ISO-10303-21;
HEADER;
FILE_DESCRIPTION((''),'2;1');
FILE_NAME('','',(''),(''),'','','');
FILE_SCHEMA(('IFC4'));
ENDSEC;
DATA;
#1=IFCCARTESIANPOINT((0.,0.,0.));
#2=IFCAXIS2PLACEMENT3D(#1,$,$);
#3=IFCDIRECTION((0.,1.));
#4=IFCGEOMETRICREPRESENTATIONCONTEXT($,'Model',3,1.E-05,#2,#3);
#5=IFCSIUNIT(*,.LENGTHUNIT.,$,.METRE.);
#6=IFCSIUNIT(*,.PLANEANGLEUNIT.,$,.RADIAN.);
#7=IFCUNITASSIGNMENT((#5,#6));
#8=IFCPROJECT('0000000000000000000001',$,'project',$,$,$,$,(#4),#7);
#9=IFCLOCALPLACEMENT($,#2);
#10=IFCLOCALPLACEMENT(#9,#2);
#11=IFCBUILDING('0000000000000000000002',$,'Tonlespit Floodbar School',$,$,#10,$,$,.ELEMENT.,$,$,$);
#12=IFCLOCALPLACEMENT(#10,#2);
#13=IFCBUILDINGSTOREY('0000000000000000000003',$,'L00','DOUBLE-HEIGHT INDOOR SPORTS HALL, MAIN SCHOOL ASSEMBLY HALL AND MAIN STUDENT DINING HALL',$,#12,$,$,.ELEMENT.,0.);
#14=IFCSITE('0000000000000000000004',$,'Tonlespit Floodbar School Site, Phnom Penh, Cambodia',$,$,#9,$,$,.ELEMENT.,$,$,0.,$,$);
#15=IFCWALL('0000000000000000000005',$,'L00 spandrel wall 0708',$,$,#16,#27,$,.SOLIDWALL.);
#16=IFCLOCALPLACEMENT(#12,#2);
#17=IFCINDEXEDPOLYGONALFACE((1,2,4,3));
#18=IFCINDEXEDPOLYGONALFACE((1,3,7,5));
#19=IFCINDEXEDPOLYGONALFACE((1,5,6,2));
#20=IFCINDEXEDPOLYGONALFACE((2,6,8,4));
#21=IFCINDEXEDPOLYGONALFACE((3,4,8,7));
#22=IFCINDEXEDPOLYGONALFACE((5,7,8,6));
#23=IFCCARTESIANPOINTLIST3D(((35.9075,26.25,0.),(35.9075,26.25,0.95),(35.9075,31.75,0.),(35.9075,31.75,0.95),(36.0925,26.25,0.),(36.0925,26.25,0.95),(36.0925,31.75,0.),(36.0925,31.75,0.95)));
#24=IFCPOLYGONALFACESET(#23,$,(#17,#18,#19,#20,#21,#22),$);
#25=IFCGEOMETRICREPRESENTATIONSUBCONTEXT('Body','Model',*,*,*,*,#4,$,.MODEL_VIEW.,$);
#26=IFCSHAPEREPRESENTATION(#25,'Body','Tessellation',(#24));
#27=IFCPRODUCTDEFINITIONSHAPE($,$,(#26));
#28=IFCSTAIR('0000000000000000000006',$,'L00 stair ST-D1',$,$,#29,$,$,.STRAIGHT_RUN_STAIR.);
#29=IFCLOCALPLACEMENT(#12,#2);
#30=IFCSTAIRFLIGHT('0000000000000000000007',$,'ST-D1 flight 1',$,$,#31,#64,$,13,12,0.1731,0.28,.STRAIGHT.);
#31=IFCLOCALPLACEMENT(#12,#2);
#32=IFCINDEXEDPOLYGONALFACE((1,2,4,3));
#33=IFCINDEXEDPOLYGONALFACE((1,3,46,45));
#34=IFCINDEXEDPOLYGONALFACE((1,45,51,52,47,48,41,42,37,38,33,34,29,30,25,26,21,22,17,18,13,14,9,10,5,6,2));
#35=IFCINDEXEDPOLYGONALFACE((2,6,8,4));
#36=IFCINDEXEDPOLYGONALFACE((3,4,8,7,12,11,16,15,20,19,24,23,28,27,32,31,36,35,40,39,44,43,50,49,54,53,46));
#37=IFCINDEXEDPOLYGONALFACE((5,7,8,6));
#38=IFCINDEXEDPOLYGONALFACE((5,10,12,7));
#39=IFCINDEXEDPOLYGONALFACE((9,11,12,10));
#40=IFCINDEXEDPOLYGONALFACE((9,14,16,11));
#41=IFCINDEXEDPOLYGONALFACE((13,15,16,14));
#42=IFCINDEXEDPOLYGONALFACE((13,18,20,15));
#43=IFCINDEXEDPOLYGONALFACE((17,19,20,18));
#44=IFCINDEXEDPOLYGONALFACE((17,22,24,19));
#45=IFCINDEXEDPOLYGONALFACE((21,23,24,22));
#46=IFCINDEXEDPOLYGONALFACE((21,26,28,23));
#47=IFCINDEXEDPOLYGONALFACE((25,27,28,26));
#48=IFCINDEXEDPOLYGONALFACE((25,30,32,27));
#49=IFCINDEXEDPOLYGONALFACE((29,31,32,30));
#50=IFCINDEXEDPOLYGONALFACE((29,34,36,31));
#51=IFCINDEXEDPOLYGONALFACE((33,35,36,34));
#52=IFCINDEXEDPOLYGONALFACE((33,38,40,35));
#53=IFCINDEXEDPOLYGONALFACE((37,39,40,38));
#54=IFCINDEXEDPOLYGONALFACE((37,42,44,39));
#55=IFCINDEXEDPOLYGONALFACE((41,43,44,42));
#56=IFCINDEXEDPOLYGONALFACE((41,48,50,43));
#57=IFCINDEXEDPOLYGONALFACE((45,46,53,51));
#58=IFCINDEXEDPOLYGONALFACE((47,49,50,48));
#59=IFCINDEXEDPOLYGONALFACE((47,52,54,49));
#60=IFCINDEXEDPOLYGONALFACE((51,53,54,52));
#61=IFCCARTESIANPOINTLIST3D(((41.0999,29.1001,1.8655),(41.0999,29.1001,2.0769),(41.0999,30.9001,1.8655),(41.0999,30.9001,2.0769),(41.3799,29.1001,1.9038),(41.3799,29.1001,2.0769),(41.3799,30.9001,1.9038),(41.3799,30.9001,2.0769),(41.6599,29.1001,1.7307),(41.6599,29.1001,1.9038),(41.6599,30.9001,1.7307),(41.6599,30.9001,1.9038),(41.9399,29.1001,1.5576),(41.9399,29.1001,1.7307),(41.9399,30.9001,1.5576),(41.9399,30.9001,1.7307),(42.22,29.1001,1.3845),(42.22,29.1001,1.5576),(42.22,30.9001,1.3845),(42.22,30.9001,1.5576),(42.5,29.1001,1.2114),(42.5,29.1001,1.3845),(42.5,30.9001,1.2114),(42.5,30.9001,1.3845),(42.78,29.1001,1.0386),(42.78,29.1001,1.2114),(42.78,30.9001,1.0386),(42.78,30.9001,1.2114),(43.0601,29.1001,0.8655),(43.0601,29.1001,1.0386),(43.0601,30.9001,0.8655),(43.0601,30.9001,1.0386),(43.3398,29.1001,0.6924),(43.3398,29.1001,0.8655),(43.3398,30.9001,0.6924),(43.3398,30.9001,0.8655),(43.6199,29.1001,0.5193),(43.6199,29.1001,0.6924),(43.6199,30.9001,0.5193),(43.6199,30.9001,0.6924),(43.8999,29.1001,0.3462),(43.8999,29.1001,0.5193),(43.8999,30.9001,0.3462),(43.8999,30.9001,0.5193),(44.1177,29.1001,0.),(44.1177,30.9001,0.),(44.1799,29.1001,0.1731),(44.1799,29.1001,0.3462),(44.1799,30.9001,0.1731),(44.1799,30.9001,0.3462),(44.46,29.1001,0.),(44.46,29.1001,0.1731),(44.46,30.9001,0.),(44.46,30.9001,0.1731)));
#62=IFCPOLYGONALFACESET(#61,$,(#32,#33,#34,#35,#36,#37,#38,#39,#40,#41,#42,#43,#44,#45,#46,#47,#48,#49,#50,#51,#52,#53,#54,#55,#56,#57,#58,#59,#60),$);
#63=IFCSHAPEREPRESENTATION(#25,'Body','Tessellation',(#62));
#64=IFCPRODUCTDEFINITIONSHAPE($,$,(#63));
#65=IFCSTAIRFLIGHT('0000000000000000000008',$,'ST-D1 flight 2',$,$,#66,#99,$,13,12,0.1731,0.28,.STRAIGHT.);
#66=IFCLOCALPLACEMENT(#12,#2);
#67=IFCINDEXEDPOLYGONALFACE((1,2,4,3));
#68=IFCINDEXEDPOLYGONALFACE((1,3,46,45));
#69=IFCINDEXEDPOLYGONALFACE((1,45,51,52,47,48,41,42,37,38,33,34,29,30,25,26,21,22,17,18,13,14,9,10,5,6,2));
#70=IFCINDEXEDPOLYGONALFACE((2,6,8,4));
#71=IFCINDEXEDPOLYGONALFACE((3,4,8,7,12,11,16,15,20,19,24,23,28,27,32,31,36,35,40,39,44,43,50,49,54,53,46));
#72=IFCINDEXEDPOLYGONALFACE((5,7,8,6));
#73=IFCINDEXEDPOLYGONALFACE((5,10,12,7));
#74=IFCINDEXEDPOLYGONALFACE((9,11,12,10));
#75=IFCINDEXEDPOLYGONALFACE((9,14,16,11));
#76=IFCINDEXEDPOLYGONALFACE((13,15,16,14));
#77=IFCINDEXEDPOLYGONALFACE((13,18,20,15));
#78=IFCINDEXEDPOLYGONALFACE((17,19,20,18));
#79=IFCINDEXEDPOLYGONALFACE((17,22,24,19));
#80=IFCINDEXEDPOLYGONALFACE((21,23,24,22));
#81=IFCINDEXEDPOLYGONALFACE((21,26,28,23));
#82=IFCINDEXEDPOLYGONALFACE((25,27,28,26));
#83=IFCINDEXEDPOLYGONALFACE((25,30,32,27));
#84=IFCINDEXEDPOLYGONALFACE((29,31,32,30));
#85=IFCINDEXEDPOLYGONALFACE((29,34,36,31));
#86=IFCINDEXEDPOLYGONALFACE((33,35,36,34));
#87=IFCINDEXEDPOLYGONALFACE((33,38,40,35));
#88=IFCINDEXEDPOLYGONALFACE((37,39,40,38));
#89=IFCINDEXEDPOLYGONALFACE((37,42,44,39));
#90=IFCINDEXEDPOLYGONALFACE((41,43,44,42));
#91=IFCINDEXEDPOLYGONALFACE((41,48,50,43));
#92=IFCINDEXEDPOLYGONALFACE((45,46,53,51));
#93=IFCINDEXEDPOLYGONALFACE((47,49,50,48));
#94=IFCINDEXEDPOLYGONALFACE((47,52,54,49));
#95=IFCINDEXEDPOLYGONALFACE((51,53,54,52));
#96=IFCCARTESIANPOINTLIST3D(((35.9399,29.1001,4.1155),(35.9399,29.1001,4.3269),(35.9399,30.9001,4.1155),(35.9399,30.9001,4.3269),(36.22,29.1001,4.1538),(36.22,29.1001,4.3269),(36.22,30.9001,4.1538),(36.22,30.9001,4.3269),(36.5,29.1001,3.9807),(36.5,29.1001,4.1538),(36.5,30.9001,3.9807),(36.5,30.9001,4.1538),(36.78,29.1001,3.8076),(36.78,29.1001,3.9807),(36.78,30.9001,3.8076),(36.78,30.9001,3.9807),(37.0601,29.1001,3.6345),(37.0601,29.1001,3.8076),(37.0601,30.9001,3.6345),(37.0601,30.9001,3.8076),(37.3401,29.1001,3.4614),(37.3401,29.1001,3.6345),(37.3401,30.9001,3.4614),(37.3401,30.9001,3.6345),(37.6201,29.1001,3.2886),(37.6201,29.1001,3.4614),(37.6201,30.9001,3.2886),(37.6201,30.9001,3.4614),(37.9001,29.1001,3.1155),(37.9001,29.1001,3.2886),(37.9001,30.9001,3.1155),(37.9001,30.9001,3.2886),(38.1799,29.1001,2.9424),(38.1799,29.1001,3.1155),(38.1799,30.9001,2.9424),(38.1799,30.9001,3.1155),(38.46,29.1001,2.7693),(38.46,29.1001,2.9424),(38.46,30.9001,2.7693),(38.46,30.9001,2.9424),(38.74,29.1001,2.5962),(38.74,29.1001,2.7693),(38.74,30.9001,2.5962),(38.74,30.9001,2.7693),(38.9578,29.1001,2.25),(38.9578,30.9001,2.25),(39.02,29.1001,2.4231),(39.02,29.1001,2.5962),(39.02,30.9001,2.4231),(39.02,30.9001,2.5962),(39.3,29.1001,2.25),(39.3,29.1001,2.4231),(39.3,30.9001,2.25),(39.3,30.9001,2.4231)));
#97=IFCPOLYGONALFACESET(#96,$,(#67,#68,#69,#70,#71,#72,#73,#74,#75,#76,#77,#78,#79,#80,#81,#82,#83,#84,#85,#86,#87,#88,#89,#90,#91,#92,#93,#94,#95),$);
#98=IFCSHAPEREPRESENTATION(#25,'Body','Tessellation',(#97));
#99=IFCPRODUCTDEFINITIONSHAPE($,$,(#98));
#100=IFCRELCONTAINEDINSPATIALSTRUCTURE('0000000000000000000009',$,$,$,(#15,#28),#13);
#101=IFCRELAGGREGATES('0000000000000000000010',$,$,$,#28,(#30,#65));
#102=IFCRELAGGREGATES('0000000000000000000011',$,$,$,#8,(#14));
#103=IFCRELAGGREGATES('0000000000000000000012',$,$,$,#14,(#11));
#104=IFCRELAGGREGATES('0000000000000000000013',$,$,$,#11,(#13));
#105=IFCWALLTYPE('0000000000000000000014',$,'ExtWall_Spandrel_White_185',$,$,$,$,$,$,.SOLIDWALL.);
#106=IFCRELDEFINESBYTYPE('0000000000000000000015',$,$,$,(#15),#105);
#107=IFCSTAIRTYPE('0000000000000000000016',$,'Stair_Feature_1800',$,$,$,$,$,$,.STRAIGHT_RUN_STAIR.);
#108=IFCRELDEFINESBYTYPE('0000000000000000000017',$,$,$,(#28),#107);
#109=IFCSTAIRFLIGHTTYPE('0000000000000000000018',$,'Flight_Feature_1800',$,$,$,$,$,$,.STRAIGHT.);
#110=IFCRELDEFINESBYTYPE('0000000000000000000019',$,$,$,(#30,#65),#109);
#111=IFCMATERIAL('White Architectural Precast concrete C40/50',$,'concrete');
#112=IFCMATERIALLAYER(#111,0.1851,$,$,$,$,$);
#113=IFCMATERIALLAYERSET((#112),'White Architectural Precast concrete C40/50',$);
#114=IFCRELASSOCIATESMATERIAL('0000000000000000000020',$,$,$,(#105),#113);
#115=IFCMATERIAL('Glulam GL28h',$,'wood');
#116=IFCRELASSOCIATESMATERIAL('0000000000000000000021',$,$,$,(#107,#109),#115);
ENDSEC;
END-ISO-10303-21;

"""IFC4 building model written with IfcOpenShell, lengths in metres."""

from ifc_helpers import new_model, si_unit, direction, frame, frame_2d, origin, place, context, subcontext, project, spatial, polyline, rectangle, outline, extrude, material, layer, layer_set, type_object, element, aggregate, save


model = new_model("IFC4")

# Units and contexts
model_context = context("Model", 3, precision=1e-05, world=origin(), true_north=direction((0.0, 1.0)))
body_context = subcontext(model_context, "Body", "Model", "MODEL_VIEW")
ifc_project = project(units=[si_unit("LENGTHUNIT", "METRE"), si_unit("PLANEANGLEUNIT", "RADIAN")], contexts=[model_context])

# Site, building, storey
site_placement = place(None, origin())
site = spatial("IfcSite", under=ifc_project, at=site_placement, Name="Tonlespit Floodbar School Site, Phnom Penh, Cambodia", CompositionType="ELEMENT", RefElevation=0.0)
building_placement = place(site_placement, origin())
building = spatial("IfcBuilding", under=site, at=building_placement, Name="Tonlespit Floodbar School", CompositionType="ELEMENT")
storey_placement = place(building_placement, origin())
storey = spatial("IfcBuildingStorey", under=building, at=storey_placement, Name="L00", Description="DOUBLE-HEIGHT INDOOR SPORTS HALL, MAIN SCHOOL ASSEMBLY HALL AND MAIN STUDENT DINING HALL", CompositionType="ELEMENT", Elevation=0.0)

# Wall
ifc_material_1 = material(Name="White Architectural Precast concrete C40/50", Category="concrete")
ifc_layer_1 = layer(ifc_material_1, 0.1851)
ifc_layer_set_1 = layer_set([ifc_layer_1], Name="White Architectural Precast concrete C40/50")
wall_type = type_object("IfcWallType", Name="ExtWall_Spandrel_White_185", PredefinedType="SOLIDWALL", material=ifc_layer_set_1)
wall_placement = place(storey_placement, frame((36.0, 31.75, 0.0), z_axis=(0.0, 0.0, 1.0), x_axis=(0.0, -1.0, 0.0)))
element("IfcWall", 1, at=wall_placement, inside=storey, type_object=wall_type, Name="L00 spandrel wall 0708", PredefinedType="SOLIDWALL", context=body_context, shape_type="SweptSolid", body=[
    extrude(rectangle(XDim=5.5, YDim=0.1851, at=frame_2d((2.75, 0.0))), origin(), (0.0, 0.0, 1.0), 0.95),
])

# Stair, stair flights
ifc_material_2 = material(Name="Glulam GL28h", Category="wood")
stair_type = type_object("IfcStairType", Name="Stair_Feature_1800", PredefinedType="STRAIGHT_RUN_STAIR", material=ifc_material_2)
stair_placement = place(storey_placement, origin())
stair = element("IfcStair", 2, at=stair_placement, inside=storey, type_object=stair_type, Name="L00 stair ST-D1", PredefinedType="STRAIGHT_RUN_STAIR")
stair_flight_type = type_object("IfcStairFlightType", Name="Flight_Feature_1800", PredefinedType="STRAIGHT", material=ifc_material_2)
stair_flight_1_placement = place(storey_placement, frame((44.46, 30.0, 0.0), z_axis=(0.0, 0.0, 1.0), x_axis=(-1.0, 0.0, 0.0)))
stair_flight_1 = element("IfcStairFlight", 3, at=stair_flight_1_placement, type_object=stair_flight_type, Name="ST-D1 flight 1", NumberOfRisers=13, NumberOfTreads=12, PredefinedType="STRAIGHT", RiserHeight=0.1731, TreadLength=0.28, context=body_context, shape_type="SweptSolid", body=[
    extrude(outline(polyline([(0.0, 0.0), (0.0, 0.1731), (0.28, 0.1731), (0.28, 0.3462), (0.5601, 0.3462), (0.5601, 0.5193), (0.8401, 0.5193), (0.8401, 0.6924), (1.1201, 0.6924), (1.1201, 0.8655), (1.3999, 0.8655), (1.3999, 1.0386), (1.6799, 1.0386), (1.6799, 1.2114), (1.96, 1.2114), (1.96, 1.3845), (2.24, 1.3845), (2.24, 1.5576), (2.52, 1.5576), (2.52, 1.7307), (2.8, 1.7307), (2.8, 1.9038), (3.0801, 1.9038), (3.0801, 2.0769), (3.3601, 2.0769), (3.3601, 2.25), (3.3601, 1.8655), (0.3423, 0.0), (0.0, 0.0)])), frame((0.0, 0.8999, 0.0), z_axis=(0.0, -1.0, 0.0), x_axis=(1.0, 0.0, 0.0)), (0.0, 0.0, 1.0), 1.8),
])
stair_flight_2_placement = place(storey_placement, frame((39.3, 30.0, 2.25), z_axis=(0.0, 0.0, 1.0), x_axis=(-1.0, 0.0, 0.0)))
stair_flight_2 = element("IfcStairFlight", 4, at=stair_flight_2_placement, type_object=stair_flight_type, Name="ST-D1 flight 2", NumberOfRisers=13, NumberOfTreads=12, PredefinedType="STRAIGHT", RiserHeight=0.1731, TreadLength=0.28, context=body_context, shape_type="SweptSolid", body=[
    extrude(outline(polyline([(0.0, 0.0), (0.0, 0.1731), (0.28, 0.1731), (0.28, 0.3462), (0.5601, 0.3462), (0.5601, 0.5193), (0.8401, 0.5193), (0.8401, 0.6924), (1.1201, 0.6924), (1.1201, 0.8655), (1.3999, 0.8655), (1.3999, 1.0386), (1.6799, 1.0386), (1.6799, 1.2114), (1.96, 1.2114), (1.96, 1.3845), (2.24, 1.3845), (2.24, 1.5576), (2.52, 1.5576), (2.52, 1.7307), (2.8, 1.7307), (2.8, 1.9038), (3.0801, 1.9038), (3.0801, 2.0769), (3.3601, 2.0769), (3.3601, 2.25), (3.3601, 1.8655), (0.3423, 0.0), (0.0, 0.0)])), frame((0.0, 0.8999, 0.0), z_axis=(0.0, -1.0, 0.0), x_axis=(1.0, 0.0, 0.0)), (0.0, 0.0, 1.0), 1.8),
])
aggregate(stair, [stair_flight_1, stair_flight_2])

save(model, "model.ifc")
